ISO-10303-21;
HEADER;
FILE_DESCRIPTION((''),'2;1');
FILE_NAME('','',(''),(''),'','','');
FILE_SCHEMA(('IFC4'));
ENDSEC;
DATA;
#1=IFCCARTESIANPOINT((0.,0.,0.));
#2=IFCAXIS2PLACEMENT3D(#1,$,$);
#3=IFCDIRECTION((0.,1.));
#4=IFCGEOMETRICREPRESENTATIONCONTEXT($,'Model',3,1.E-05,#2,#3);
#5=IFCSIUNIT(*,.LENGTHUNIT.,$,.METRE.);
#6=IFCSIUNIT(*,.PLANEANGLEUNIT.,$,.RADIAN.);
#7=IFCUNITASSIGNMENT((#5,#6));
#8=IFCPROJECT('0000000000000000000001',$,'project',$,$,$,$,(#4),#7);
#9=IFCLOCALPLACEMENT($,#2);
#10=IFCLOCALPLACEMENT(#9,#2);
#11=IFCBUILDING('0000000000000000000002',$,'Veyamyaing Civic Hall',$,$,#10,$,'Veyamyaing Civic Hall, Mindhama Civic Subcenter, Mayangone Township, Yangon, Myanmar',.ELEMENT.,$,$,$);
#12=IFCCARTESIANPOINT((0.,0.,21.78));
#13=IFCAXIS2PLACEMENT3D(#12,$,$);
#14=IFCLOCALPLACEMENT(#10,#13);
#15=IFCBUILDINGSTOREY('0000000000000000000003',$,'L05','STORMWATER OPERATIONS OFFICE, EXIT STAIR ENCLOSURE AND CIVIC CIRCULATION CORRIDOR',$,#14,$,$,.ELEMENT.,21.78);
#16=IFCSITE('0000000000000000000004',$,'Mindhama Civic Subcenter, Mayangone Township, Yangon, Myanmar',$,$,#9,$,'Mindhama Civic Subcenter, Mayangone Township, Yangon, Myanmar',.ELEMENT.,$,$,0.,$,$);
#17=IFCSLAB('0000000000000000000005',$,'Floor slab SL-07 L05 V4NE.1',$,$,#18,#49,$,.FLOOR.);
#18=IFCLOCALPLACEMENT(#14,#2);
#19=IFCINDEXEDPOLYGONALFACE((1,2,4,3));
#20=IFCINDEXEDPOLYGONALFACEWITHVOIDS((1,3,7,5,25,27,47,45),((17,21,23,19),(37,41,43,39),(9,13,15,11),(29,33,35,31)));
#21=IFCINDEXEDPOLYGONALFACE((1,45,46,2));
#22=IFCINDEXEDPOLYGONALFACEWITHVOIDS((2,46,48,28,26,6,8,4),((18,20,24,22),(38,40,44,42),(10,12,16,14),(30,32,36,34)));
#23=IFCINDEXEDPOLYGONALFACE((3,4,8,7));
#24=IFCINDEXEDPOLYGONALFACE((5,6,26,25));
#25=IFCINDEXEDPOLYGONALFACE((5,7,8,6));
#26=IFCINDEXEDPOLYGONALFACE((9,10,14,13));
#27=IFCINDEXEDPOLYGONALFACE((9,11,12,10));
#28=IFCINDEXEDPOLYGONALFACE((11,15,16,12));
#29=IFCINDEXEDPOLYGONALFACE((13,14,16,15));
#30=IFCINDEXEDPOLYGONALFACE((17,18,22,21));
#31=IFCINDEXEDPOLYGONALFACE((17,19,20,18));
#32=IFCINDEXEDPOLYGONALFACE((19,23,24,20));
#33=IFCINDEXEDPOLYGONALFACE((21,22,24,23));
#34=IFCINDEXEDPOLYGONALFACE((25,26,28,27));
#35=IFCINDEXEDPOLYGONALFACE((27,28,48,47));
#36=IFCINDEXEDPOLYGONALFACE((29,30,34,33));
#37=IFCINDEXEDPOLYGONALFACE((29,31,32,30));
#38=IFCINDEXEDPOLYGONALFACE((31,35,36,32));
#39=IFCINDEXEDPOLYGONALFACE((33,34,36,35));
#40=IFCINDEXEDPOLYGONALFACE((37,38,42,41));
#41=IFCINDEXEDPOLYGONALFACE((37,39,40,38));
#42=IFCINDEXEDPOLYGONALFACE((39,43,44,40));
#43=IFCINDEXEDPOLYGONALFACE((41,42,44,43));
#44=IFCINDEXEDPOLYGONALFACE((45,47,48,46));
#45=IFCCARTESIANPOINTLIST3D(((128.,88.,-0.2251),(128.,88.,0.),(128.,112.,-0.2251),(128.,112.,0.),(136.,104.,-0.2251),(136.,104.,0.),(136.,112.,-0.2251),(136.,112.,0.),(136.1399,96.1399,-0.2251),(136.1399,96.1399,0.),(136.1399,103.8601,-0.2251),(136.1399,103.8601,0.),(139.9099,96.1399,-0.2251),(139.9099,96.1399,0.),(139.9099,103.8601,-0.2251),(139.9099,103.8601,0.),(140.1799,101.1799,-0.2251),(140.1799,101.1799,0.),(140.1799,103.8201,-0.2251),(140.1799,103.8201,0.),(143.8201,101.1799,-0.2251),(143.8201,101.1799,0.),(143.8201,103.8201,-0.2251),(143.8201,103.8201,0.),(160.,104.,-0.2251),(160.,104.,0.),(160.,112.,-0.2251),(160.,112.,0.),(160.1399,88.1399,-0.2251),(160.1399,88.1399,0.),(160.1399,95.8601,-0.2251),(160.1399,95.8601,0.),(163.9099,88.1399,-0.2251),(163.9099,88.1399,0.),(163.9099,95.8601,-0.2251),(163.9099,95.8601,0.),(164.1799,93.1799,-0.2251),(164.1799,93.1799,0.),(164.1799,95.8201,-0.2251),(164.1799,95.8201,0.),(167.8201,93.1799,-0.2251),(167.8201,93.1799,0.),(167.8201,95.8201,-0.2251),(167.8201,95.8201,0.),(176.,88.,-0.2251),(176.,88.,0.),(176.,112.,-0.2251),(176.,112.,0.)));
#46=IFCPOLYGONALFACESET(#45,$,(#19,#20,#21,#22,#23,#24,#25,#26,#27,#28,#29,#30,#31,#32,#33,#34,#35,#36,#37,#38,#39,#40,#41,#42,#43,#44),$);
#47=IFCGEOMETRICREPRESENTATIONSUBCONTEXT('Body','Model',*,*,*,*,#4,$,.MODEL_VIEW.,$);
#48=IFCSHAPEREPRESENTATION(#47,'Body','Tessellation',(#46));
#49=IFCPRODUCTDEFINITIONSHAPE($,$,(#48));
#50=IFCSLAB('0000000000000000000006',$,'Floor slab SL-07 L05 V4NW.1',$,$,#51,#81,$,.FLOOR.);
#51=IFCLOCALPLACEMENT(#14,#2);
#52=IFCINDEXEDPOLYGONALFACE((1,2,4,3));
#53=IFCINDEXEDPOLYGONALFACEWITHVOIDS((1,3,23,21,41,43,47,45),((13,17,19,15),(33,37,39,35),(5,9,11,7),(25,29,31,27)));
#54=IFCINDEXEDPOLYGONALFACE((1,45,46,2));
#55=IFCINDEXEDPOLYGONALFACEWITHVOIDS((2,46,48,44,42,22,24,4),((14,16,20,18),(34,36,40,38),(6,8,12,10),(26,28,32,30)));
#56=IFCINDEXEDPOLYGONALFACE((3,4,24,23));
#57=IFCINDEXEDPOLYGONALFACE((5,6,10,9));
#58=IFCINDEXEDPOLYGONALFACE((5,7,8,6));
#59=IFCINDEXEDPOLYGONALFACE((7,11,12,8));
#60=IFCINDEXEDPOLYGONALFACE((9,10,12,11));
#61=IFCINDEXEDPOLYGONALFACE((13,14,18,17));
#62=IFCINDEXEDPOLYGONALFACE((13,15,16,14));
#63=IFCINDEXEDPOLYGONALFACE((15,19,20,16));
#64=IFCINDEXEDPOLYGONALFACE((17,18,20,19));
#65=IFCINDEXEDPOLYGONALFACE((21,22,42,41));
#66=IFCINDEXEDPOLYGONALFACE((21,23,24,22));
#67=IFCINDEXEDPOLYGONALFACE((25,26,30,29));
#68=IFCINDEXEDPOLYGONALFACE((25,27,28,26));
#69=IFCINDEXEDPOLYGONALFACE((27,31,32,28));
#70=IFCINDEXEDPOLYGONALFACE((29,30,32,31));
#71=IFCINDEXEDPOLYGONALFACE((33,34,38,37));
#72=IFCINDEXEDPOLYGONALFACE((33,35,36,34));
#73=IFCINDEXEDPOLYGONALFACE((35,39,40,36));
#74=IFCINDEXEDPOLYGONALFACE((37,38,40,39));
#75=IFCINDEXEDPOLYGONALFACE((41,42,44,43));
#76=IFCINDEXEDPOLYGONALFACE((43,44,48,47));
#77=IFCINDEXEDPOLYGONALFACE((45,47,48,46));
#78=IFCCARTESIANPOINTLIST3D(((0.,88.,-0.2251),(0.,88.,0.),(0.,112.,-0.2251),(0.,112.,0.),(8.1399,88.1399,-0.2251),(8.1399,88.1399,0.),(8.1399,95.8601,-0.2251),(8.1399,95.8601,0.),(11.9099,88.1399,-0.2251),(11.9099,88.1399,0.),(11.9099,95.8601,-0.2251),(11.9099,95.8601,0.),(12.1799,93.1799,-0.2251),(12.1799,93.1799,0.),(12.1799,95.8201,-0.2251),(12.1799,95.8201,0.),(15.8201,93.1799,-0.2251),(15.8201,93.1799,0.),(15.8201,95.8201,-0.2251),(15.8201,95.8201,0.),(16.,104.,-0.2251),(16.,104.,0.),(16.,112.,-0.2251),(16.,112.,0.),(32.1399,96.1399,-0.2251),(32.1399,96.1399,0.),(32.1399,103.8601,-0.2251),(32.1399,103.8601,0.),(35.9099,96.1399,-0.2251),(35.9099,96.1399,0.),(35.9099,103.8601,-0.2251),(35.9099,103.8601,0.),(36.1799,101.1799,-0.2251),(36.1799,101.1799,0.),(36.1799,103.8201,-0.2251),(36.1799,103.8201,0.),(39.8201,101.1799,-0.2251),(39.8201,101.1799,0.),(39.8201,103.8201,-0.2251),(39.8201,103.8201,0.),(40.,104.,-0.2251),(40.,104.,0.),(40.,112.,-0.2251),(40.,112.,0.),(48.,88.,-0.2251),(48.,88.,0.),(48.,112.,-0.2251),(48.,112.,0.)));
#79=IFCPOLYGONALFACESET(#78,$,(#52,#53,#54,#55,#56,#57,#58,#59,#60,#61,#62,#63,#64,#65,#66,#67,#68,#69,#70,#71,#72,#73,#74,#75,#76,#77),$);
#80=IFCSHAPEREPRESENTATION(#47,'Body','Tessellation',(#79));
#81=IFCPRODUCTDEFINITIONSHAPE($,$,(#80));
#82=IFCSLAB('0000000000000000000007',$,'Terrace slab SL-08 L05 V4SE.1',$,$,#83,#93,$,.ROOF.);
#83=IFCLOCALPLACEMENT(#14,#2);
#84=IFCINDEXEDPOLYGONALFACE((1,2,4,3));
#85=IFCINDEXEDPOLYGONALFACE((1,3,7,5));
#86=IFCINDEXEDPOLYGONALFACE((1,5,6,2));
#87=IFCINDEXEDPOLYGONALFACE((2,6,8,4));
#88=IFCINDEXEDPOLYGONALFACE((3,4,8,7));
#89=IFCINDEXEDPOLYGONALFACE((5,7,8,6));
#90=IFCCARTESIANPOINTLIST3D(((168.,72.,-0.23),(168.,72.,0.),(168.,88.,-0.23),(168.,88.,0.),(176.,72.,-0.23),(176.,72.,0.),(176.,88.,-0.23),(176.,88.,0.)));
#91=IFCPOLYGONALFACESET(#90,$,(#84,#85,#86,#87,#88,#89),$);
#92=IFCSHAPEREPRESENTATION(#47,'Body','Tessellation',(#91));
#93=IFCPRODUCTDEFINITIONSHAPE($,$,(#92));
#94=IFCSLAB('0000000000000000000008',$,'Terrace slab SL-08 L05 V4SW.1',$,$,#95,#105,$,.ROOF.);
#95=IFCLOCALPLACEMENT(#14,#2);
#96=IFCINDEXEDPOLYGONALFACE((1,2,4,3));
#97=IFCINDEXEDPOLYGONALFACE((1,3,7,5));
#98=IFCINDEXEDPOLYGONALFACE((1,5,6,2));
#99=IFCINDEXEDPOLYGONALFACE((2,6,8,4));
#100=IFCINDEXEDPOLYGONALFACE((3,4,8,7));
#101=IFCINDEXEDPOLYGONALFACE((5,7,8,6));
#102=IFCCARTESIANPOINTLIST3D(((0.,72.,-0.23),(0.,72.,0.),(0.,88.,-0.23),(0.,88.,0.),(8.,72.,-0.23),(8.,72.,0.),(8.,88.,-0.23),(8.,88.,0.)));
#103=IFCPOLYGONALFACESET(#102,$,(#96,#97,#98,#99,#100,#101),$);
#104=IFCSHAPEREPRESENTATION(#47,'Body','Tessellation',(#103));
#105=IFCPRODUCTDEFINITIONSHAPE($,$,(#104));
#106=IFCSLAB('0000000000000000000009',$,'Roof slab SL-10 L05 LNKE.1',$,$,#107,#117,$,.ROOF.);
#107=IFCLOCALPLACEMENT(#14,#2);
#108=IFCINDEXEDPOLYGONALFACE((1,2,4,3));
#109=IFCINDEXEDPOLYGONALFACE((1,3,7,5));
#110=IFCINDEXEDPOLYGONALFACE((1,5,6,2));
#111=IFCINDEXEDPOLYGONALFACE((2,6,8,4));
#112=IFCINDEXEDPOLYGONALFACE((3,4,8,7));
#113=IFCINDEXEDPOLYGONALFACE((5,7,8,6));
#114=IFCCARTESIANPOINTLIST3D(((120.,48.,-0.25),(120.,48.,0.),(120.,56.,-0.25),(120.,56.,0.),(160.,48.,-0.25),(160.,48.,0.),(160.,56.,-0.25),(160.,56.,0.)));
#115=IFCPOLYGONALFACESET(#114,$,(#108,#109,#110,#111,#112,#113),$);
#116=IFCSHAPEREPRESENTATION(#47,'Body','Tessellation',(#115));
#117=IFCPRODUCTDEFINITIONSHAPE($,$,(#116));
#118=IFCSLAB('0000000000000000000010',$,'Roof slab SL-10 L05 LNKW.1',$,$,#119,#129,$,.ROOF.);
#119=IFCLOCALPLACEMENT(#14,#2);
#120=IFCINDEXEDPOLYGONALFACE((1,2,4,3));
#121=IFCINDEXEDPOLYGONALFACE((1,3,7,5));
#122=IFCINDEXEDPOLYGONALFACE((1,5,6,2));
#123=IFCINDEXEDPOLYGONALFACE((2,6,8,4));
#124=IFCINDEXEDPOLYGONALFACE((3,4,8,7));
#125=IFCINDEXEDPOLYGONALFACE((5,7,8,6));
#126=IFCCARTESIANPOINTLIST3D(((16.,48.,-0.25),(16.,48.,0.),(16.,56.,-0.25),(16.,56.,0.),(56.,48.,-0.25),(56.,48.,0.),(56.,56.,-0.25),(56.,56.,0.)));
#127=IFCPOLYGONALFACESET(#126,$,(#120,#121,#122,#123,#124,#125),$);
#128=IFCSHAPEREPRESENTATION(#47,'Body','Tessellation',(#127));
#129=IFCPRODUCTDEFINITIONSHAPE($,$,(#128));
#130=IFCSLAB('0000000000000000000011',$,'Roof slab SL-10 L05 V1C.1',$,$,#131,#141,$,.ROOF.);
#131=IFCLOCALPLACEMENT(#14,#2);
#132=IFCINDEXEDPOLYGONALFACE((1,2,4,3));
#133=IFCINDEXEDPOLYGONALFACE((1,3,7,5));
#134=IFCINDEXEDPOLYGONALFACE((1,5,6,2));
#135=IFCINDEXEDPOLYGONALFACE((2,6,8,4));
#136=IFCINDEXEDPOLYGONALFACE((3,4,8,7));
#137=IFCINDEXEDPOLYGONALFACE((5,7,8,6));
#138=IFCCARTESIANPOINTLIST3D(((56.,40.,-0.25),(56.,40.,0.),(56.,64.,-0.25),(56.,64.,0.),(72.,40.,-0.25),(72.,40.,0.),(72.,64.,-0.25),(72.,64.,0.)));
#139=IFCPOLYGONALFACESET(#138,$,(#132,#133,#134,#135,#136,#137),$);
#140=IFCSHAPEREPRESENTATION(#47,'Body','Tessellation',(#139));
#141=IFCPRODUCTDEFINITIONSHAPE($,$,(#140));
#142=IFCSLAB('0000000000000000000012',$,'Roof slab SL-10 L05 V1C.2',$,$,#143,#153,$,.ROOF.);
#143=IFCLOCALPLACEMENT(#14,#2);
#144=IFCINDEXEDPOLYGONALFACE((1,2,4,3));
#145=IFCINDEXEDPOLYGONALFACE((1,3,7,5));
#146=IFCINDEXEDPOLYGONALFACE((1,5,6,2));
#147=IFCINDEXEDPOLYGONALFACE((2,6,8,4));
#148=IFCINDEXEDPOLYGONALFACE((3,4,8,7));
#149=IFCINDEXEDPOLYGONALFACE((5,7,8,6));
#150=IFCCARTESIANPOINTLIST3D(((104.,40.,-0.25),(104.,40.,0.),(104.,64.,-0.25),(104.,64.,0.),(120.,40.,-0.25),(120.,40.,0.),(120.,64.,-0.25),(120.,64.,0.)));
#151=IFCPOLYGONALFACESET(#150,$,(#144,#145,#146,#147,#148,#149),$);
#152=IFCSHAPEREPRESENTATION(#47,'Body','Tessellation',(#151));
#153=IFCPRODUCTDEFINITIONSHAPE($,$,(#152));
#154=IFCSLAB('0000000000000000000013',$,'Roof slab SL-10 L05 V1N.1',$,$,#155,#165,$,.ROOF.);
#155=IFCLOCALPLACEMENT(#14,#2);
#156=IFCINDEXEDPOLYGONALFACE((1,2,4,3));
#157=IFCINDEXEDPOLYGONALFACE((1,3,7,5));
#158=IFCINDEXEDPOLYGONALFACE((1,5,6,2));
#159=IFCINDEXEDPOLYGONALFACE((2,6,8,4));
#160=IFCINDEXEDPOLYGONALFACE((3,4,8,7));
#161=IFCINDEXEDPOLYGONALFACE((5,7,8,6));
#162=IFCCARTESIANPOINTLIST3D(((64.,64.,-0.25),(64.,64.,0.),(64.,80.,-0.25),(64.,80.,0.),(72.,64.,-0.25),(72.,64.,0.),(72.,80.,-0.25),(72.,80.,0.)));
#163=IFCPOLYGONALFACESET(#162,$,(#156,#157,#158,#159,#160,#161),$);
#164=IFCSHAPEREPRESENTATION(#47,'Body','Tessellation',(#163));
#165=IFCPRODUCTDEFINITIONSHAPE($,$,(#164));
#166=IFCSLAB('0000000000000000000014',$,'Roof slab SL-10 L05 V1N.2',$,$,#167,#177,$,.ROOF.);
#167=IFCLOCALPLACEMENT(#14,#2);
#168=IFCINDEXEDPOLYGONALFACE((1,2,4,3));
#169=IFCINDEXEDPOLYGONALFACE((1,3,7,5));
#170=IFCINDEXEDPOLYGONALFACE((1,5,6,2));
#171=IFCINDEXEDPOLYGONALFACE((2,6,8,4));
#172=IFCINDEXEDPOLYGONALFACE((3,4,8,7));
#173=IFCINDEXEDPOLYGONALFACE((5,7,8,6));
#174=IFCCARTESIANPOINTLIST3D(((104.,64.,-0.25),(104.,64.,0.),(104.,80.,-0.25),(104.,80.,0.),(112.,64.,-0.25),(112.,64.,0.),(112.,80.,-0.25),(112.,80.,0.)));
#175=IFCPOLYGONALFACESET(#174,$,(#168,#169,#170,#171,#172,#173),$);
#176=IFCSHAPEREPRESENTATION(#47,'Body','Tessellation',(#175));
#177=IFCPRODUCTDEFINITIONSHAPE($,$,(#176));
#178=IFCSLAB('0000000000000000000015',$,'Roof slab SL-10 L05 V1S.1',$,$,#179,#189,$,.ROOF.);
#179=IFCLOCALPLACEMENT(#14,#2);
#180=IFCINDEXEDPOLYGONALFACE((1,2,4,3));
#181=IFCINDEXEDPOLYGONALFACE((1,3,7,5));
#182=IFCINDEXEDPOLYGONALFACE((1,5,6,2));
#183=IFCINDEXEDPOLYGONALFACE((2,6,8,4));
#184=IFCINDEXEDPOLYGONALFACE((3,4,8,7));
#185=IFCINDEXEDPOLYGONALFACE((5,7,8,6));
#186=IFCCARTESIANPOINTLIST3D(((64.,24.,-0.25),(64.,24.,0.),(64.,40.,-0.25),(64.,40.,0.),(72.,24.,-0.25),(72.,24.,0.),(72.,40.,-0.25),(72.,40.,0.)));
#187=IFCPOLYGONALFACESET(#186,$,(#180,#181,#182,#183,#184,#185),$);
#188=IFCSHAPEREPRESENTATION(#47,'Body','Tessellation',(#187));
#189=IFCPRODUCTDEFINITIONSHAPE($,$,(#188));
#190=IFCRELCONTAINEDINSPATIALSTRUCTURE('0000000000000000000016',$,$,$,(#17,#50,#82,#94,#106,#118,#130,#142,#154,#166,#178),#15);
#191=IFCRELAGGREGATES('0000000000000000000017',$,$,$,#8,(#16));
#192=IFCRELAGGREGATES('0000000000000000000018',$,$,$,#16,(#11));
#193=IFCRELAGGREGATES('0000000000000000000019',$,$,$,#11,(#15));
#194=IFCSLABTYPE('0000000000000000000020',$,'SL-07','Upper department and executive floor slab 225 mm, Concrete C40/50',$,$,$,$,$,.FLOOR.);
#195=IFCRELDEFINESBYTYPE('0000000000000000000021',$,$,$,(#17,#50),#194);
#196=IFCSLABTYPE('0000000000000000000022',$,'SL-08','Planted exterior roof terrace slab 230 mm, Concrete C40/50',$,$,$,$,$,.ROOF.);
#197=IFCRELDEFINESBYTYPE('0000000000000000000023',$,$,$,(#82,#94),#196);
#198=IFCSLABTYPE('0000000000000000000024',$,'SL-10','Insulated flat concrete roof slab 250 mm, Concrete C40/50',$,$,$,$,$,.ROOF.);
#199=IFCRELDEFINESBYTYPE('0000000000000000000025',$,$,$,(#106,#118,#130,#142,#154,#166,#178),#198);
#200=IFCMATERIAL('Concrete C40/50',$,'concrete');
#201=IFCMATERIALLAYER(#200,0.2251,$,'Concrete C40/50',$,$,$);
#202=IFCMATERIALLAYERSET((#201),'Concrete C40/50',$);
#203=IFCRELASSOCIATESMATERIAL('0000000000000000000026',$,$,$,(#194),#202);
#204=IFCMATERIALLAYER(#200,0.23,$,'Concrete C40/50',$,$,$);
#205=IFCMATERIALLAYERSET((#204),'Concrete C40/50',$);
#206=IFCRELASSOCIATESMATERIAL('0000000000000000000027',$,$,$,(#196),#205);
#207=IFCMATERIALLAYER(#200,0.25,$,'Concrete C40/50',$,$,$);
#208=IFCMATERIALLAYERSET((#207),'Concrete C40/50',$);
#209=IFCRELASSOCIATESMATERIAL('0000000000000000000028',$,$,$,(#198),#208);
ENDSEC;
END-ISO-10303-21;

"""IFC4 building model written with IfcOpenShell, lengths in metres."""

from ifc_helpers import new_model, si_unit, direction, frame, origin, place, context, subcontext, project, spatial, polyline, outline, extrude, material, layer, layer_set, type_object, element, save


model = new_model("IFC4")

# Units and contexts
model_context = context("Model", 3, precision=1e-05, world=origin(), true_north=direction((0.0, 1.0)))
body_context = subcontext(model_context, "Body", "Model", "MODEL_VIEW")
ifc_project = project(units=[si_unit("LENGTHUNIT", "METRE"), si_unit("PLANEANGLEUNIT", "RADIAN")], contexts=[model_context])

# Site, building, storey
site_placement = place(None, origin())
site = spatial("IfcSite", under=ifc_project, at=site_placement, Name="Mindhama Civic Subcenter, Mayangone Township, Yangon, Myanmar", LongName="Mindhama Civic Subcenter, Mayangone Township, Yangon, Myanmar", CompositionType="ELEMENT", RefElevation=0.0)
building_placement = place(site_placement, origin())
building = spatial("IfcBuilding", under=site, at=building_placement, Name="Veyamyaing Civic Hall", LongName="Veyamyaing Civic Hall, Mindhama Civic Subcenter, Mayangone Township, Yangon, Myanmar", CompositionType="ELEMENT")
storey_placement = place(building_placement, frame((0.0, 0.0, 21.78)))
storey = spatial("IfcBuildingStorey", under=building, at=storey_placement, Name="L05", Description="STORMWATER OPERATIONS OFFICE, EXIT STAIR ENCLOSURE AND CIVIC CIRCULATION CORRIDOR", CompositionType="ELEMENT", Elevation=21.78)

# Slabs
ifc_material = material(Name="Concrete C40/50", Category="concrete")
ifc_layer_1 = layer(ifc_material, 0.2251, Name="Concrete C40/50")
ifc_layer_set_1 = layer_set([ifc_layer_1], Name="Concrete C40/50")
slab_type_1 = type_object("IfcSlabType", Name="SL-07", Description="Upper department and executive floor slab 225 mm, Concrete C40/50", PredefinedType="FLOOR", material=ifc_layer_set_1)
slab_1_placement = place(storey_placement, frame((0.0, 0.0, -0.2251)))
element("IfcSlab", 1, at=slab_1_placement, inside=storey, type_object=slab_type_1, Name="Floor slab SL-07 L05 V4NE.1", PredefinedType="FLOOR", context=body_context, shape_type="SweptSolid", body=[
    extrude(outline(polyline([(128.0, 112.0), (136.0, 112.0), (136.0, 104.0), (160.0, 104.0), (160.0, 112.0), (176.0, 112.0), (176.0, 88.0), (128.0, 88.0), (128.0, 112.0)]), holes=[polyline([(160.1399, 95.8601), (160.1399, 88.1399), (163.9099, 88.1399), (163.9099, 95.8601), (160.1399, 95.8601)]), polyline([(164.1799, 95.8201), (164.1799, 93.1799), (167.8201, 93.1799), (167.8201, 95.8201), (164.1799, 95.8201)]), polyline([(136.1399, 103.8601), (136.1399, 96.1399), (139.9099, 96.1399), (139.9099, 103.8601), (136.1399, 103.8601)]), polyline([(140.1799, 103.8201), (140.1799, 101.1799), (143.8201, 101.1799), (143.8201, 103.8201), (140.1799, 103.8201)])]), origin(), (0.0, 0.0, 1.0), 0.2251),
])
slab_2_placement = place(storey_placement, frame((0.0, 0.0, -0.2251)))
element("IfcSlab", 2, at=slab_2_placement, inside=storey, type_object=slab_type_1, Name="Floor slab SL-07 L05 V4NW.1", PredefinedType="FLOOR", context=body_context, shape_type="SweptSolid", body=[
    extrude(outline(polyline([(0.0, 112.0), (16.0, 112.0), (16.0, 104.0), (40.0, 104.0), (40.0, 112.0), (48.0, 112.0), (48.0, 88.0), (0.0, 88.0), (0.0, 112.0)]), holes=[polyline([(8.1399, 95.8601), (8.1399, 88.1399), (11.9099, 88.1399), (11.9099, 95.8601), (8.1399, 95.8601)]), polyline([(12.1799, 95.8201), (12.1799, 93.1799), (15.8201, 93.1799), (15.8201, 95.8201), (12.1799, 95.8201)]), polyline([(32.1399, 103.8601), (32.1399, 96.1399), (35.9099, 96.1399), (35.9099, 103.8601), (32.1399, 103.8601)]), polyline([(36.1799, 103.8201), (36.1799, 101.1799), (39.8201, 101.1799), (39.8201, 103.8201), (36.1799, 103.8201)])]), origin(), (0.0, 0.0, 1.0), 0.2251),
])
ifc_layer_2 = layer(ifc_material, 0.23, Name="Concrete C40/50")
ifc_layer_set_2 = layer_set([ifc_layer_2], Name="Concrete C40/50")
slab_type_2 = type_object("IfcSlabType", Name="SL-08", Description="Planted exterior roof terrace slab 230 mm, Concrete C40/50", PredefinedType="ROOF", material=ifc_layer_set_2)
slab_3_placement = place(storey_placement, frame((0.0, 0.0, -0.23)))
element("IfcSlab", 3, at=slab_3_placement, inside=storey, type_object=slab_type_2, Name="Terrace slab SL-08 L05 V4SE.1", PredefinedType="ROOF", context=body_context, shape_type="SweptSolid", body=[
    extrude(outline(polyline([(168.0, 72.0), (168.0, 88.0), (176.0, 88.0), (176.0, 72.0), (168.0, 72.0)])), origin(), (0.0, 0.0, 1.0), 0.23),
])
slab_4_placement = place(storey_placement, frame((0.0, 0.0, -0.23)))
element("IfcSlab", 4, at=slab_4_placement, inside=storey, type_object=slab_type_2, Name="Terrace slab SL-08 L05 V4SW.1", PredefinedType="ROOF", context=body_context, shape_type="SweptSolid", body=[
    extrude(outline(polyline([(0.0, 72.0), (0.0, 88.0), (8.0, 88.0), (8.0, 72.0), (0.0, 72.0)])), origin(), (0.0, 0.0, 1.0), 0.23),
])
ifc_layer_3 = layer(ifc_material, 0.25, Name="Concrete C40/50")
ifc_layer_set_3 = layer_set([ifc_layer_3], Name="Concrete C40/50")
slab_type_3 = type_object("IfcSlabType", Name="SL-10", Description="Insulated flat concrete roof slab 250 mm, Concrete C40/50", PredefinedType="ROOF", material=ifc_layer_set_3)
slab_5_placement = place(storey_placement, frame((0.0, 0.0, -0.25)))
element("IfcSlab", 5, at=slab_5_placement, inside=storey, type_object=slab_type_3, Name="Roof slab SL-10 L05 LNKE.1", PredefinedType="ROOF", context=body_context, shape_type="SweptSolid", body=[
    extrude(outline(polyline([(120.0, 56.0), (160.0, 56.0), (160.0, 48.0), (120.0, 48.0), (120.0, 56.0)])), origin(), (0.0, 0.0, 1.0), 0.25),
])
slab_6_placement = place(storey_placement, frame((0.0, 0.0, -0.25)))
element("IfcSlab", 6, at=slab_6_placement, inside=storey, type_object=slab_type_3, Name="Roof slab SL-10 L05 LNKW.1", PredefinedType="ROOF", context=body_context, shape_type="SweptSolid", body=[
    extrude(outline(polyline([(16.0, 56.0), (56.0, 56.0), (56.0, 48.0), (16.0, 48.0), (16.0, 56.0)])), origin(), (0.0, 0.0, 1.0), 0.25),
])
slab_7_placement = place(storey_placement, frame((0.0, 0.0, -0.25)))
element("IfcSlab", 7, at=slab_7_placement, inside=storey, type_object=slab_type_3, Name="Roof slab SL-10 L05 V1C.1", PredefinedType="ROOF", context=body_context, shape_type="SweptSolid", body=[
    extrude(outline(polyline([(56.0, 40.0), (56.0, 64.0), (72.0, 64.0), (72.0, 40.0), (56.0, 40.0)])), origin(), (0.0, 0.0, 1.0), 0.25),
])
slab_8_placement = place(storey_placement, frame((0.0, 0.0, -0.25)))
element("IfcSlab", 8, at=slab_8_placement, inside=storey, type_object=slab_type_3, Name="Roof slab SL-10 L05 V1C.2", PredefinedType="ROOF", context=body_context, shape_type="SweptSolid", body=[
    extrude(outline(polyline([(104.0, 40.0), (104.0, 64.0), (120.0, 64.0), (120.0, 40.0), (104.0, 40.0)])), origin(), (0.0, 0.0, 1.0), 0.25),
])
slab_9_placement = place(storey_placement, frame((0.0, 0.0, -0.25)))
element("IfcSlab", 9, at=slab_9_placement, inside=storey, type_object=slab_type_3, Name="Roof slab SL-10 L05 V1N.1", PredefinedType="ROOF", context=body_context, shape_type="SweptSolid", body=[
    extrude(outline(polyline([(64.0, 64.0), (64.0, 80.0), (72.0, 80.0), (72.0, 64.0), (64.0, 64.0)])), origin(), (0.0, 0.0, 1.0), 0.25),
])
slab_10_placement = place(storey_placement, frame((0.0, 0.0, -0.25)))
element("IfcSlab", 10, at=slab_10_placement, inside=storey, type_object=slab_type_3, Name="Roof slab SL-10 L05 V1N.2", PredefinedType="ROOF", context=body_context, shape_type="SweptSolid", body=[
    extrude(outline(polyline([(104.0, 64.0), (104.0, 80.0), (112.0, 80.0), (112.0, 64.0), (104.0, 64.0)])), origin(), (0.0, 0.0, 1.0), 0.25),
])
slab_11_placement = place(storey_placement, frame((0.0, 0.0, -0.25)))
element("IfcSlab", 11, at=slab_11_placement, inside=storey, type_object=slab_type_3, Name="Roof slab SL-10 L05 V1S.1", PredefinedType="ROOF", context=body_context, shape_type="SweptSolid", body=[
    extrude(outline(polyline([(64.0, 24.0), (64.0, 40.0), (72.0, 40.0), (72.0, 24.0), (64.0, 24.0)])), origin(), (0.0, 0.0, 1.0), 0.25),
])

save(model, "model.ifc")
